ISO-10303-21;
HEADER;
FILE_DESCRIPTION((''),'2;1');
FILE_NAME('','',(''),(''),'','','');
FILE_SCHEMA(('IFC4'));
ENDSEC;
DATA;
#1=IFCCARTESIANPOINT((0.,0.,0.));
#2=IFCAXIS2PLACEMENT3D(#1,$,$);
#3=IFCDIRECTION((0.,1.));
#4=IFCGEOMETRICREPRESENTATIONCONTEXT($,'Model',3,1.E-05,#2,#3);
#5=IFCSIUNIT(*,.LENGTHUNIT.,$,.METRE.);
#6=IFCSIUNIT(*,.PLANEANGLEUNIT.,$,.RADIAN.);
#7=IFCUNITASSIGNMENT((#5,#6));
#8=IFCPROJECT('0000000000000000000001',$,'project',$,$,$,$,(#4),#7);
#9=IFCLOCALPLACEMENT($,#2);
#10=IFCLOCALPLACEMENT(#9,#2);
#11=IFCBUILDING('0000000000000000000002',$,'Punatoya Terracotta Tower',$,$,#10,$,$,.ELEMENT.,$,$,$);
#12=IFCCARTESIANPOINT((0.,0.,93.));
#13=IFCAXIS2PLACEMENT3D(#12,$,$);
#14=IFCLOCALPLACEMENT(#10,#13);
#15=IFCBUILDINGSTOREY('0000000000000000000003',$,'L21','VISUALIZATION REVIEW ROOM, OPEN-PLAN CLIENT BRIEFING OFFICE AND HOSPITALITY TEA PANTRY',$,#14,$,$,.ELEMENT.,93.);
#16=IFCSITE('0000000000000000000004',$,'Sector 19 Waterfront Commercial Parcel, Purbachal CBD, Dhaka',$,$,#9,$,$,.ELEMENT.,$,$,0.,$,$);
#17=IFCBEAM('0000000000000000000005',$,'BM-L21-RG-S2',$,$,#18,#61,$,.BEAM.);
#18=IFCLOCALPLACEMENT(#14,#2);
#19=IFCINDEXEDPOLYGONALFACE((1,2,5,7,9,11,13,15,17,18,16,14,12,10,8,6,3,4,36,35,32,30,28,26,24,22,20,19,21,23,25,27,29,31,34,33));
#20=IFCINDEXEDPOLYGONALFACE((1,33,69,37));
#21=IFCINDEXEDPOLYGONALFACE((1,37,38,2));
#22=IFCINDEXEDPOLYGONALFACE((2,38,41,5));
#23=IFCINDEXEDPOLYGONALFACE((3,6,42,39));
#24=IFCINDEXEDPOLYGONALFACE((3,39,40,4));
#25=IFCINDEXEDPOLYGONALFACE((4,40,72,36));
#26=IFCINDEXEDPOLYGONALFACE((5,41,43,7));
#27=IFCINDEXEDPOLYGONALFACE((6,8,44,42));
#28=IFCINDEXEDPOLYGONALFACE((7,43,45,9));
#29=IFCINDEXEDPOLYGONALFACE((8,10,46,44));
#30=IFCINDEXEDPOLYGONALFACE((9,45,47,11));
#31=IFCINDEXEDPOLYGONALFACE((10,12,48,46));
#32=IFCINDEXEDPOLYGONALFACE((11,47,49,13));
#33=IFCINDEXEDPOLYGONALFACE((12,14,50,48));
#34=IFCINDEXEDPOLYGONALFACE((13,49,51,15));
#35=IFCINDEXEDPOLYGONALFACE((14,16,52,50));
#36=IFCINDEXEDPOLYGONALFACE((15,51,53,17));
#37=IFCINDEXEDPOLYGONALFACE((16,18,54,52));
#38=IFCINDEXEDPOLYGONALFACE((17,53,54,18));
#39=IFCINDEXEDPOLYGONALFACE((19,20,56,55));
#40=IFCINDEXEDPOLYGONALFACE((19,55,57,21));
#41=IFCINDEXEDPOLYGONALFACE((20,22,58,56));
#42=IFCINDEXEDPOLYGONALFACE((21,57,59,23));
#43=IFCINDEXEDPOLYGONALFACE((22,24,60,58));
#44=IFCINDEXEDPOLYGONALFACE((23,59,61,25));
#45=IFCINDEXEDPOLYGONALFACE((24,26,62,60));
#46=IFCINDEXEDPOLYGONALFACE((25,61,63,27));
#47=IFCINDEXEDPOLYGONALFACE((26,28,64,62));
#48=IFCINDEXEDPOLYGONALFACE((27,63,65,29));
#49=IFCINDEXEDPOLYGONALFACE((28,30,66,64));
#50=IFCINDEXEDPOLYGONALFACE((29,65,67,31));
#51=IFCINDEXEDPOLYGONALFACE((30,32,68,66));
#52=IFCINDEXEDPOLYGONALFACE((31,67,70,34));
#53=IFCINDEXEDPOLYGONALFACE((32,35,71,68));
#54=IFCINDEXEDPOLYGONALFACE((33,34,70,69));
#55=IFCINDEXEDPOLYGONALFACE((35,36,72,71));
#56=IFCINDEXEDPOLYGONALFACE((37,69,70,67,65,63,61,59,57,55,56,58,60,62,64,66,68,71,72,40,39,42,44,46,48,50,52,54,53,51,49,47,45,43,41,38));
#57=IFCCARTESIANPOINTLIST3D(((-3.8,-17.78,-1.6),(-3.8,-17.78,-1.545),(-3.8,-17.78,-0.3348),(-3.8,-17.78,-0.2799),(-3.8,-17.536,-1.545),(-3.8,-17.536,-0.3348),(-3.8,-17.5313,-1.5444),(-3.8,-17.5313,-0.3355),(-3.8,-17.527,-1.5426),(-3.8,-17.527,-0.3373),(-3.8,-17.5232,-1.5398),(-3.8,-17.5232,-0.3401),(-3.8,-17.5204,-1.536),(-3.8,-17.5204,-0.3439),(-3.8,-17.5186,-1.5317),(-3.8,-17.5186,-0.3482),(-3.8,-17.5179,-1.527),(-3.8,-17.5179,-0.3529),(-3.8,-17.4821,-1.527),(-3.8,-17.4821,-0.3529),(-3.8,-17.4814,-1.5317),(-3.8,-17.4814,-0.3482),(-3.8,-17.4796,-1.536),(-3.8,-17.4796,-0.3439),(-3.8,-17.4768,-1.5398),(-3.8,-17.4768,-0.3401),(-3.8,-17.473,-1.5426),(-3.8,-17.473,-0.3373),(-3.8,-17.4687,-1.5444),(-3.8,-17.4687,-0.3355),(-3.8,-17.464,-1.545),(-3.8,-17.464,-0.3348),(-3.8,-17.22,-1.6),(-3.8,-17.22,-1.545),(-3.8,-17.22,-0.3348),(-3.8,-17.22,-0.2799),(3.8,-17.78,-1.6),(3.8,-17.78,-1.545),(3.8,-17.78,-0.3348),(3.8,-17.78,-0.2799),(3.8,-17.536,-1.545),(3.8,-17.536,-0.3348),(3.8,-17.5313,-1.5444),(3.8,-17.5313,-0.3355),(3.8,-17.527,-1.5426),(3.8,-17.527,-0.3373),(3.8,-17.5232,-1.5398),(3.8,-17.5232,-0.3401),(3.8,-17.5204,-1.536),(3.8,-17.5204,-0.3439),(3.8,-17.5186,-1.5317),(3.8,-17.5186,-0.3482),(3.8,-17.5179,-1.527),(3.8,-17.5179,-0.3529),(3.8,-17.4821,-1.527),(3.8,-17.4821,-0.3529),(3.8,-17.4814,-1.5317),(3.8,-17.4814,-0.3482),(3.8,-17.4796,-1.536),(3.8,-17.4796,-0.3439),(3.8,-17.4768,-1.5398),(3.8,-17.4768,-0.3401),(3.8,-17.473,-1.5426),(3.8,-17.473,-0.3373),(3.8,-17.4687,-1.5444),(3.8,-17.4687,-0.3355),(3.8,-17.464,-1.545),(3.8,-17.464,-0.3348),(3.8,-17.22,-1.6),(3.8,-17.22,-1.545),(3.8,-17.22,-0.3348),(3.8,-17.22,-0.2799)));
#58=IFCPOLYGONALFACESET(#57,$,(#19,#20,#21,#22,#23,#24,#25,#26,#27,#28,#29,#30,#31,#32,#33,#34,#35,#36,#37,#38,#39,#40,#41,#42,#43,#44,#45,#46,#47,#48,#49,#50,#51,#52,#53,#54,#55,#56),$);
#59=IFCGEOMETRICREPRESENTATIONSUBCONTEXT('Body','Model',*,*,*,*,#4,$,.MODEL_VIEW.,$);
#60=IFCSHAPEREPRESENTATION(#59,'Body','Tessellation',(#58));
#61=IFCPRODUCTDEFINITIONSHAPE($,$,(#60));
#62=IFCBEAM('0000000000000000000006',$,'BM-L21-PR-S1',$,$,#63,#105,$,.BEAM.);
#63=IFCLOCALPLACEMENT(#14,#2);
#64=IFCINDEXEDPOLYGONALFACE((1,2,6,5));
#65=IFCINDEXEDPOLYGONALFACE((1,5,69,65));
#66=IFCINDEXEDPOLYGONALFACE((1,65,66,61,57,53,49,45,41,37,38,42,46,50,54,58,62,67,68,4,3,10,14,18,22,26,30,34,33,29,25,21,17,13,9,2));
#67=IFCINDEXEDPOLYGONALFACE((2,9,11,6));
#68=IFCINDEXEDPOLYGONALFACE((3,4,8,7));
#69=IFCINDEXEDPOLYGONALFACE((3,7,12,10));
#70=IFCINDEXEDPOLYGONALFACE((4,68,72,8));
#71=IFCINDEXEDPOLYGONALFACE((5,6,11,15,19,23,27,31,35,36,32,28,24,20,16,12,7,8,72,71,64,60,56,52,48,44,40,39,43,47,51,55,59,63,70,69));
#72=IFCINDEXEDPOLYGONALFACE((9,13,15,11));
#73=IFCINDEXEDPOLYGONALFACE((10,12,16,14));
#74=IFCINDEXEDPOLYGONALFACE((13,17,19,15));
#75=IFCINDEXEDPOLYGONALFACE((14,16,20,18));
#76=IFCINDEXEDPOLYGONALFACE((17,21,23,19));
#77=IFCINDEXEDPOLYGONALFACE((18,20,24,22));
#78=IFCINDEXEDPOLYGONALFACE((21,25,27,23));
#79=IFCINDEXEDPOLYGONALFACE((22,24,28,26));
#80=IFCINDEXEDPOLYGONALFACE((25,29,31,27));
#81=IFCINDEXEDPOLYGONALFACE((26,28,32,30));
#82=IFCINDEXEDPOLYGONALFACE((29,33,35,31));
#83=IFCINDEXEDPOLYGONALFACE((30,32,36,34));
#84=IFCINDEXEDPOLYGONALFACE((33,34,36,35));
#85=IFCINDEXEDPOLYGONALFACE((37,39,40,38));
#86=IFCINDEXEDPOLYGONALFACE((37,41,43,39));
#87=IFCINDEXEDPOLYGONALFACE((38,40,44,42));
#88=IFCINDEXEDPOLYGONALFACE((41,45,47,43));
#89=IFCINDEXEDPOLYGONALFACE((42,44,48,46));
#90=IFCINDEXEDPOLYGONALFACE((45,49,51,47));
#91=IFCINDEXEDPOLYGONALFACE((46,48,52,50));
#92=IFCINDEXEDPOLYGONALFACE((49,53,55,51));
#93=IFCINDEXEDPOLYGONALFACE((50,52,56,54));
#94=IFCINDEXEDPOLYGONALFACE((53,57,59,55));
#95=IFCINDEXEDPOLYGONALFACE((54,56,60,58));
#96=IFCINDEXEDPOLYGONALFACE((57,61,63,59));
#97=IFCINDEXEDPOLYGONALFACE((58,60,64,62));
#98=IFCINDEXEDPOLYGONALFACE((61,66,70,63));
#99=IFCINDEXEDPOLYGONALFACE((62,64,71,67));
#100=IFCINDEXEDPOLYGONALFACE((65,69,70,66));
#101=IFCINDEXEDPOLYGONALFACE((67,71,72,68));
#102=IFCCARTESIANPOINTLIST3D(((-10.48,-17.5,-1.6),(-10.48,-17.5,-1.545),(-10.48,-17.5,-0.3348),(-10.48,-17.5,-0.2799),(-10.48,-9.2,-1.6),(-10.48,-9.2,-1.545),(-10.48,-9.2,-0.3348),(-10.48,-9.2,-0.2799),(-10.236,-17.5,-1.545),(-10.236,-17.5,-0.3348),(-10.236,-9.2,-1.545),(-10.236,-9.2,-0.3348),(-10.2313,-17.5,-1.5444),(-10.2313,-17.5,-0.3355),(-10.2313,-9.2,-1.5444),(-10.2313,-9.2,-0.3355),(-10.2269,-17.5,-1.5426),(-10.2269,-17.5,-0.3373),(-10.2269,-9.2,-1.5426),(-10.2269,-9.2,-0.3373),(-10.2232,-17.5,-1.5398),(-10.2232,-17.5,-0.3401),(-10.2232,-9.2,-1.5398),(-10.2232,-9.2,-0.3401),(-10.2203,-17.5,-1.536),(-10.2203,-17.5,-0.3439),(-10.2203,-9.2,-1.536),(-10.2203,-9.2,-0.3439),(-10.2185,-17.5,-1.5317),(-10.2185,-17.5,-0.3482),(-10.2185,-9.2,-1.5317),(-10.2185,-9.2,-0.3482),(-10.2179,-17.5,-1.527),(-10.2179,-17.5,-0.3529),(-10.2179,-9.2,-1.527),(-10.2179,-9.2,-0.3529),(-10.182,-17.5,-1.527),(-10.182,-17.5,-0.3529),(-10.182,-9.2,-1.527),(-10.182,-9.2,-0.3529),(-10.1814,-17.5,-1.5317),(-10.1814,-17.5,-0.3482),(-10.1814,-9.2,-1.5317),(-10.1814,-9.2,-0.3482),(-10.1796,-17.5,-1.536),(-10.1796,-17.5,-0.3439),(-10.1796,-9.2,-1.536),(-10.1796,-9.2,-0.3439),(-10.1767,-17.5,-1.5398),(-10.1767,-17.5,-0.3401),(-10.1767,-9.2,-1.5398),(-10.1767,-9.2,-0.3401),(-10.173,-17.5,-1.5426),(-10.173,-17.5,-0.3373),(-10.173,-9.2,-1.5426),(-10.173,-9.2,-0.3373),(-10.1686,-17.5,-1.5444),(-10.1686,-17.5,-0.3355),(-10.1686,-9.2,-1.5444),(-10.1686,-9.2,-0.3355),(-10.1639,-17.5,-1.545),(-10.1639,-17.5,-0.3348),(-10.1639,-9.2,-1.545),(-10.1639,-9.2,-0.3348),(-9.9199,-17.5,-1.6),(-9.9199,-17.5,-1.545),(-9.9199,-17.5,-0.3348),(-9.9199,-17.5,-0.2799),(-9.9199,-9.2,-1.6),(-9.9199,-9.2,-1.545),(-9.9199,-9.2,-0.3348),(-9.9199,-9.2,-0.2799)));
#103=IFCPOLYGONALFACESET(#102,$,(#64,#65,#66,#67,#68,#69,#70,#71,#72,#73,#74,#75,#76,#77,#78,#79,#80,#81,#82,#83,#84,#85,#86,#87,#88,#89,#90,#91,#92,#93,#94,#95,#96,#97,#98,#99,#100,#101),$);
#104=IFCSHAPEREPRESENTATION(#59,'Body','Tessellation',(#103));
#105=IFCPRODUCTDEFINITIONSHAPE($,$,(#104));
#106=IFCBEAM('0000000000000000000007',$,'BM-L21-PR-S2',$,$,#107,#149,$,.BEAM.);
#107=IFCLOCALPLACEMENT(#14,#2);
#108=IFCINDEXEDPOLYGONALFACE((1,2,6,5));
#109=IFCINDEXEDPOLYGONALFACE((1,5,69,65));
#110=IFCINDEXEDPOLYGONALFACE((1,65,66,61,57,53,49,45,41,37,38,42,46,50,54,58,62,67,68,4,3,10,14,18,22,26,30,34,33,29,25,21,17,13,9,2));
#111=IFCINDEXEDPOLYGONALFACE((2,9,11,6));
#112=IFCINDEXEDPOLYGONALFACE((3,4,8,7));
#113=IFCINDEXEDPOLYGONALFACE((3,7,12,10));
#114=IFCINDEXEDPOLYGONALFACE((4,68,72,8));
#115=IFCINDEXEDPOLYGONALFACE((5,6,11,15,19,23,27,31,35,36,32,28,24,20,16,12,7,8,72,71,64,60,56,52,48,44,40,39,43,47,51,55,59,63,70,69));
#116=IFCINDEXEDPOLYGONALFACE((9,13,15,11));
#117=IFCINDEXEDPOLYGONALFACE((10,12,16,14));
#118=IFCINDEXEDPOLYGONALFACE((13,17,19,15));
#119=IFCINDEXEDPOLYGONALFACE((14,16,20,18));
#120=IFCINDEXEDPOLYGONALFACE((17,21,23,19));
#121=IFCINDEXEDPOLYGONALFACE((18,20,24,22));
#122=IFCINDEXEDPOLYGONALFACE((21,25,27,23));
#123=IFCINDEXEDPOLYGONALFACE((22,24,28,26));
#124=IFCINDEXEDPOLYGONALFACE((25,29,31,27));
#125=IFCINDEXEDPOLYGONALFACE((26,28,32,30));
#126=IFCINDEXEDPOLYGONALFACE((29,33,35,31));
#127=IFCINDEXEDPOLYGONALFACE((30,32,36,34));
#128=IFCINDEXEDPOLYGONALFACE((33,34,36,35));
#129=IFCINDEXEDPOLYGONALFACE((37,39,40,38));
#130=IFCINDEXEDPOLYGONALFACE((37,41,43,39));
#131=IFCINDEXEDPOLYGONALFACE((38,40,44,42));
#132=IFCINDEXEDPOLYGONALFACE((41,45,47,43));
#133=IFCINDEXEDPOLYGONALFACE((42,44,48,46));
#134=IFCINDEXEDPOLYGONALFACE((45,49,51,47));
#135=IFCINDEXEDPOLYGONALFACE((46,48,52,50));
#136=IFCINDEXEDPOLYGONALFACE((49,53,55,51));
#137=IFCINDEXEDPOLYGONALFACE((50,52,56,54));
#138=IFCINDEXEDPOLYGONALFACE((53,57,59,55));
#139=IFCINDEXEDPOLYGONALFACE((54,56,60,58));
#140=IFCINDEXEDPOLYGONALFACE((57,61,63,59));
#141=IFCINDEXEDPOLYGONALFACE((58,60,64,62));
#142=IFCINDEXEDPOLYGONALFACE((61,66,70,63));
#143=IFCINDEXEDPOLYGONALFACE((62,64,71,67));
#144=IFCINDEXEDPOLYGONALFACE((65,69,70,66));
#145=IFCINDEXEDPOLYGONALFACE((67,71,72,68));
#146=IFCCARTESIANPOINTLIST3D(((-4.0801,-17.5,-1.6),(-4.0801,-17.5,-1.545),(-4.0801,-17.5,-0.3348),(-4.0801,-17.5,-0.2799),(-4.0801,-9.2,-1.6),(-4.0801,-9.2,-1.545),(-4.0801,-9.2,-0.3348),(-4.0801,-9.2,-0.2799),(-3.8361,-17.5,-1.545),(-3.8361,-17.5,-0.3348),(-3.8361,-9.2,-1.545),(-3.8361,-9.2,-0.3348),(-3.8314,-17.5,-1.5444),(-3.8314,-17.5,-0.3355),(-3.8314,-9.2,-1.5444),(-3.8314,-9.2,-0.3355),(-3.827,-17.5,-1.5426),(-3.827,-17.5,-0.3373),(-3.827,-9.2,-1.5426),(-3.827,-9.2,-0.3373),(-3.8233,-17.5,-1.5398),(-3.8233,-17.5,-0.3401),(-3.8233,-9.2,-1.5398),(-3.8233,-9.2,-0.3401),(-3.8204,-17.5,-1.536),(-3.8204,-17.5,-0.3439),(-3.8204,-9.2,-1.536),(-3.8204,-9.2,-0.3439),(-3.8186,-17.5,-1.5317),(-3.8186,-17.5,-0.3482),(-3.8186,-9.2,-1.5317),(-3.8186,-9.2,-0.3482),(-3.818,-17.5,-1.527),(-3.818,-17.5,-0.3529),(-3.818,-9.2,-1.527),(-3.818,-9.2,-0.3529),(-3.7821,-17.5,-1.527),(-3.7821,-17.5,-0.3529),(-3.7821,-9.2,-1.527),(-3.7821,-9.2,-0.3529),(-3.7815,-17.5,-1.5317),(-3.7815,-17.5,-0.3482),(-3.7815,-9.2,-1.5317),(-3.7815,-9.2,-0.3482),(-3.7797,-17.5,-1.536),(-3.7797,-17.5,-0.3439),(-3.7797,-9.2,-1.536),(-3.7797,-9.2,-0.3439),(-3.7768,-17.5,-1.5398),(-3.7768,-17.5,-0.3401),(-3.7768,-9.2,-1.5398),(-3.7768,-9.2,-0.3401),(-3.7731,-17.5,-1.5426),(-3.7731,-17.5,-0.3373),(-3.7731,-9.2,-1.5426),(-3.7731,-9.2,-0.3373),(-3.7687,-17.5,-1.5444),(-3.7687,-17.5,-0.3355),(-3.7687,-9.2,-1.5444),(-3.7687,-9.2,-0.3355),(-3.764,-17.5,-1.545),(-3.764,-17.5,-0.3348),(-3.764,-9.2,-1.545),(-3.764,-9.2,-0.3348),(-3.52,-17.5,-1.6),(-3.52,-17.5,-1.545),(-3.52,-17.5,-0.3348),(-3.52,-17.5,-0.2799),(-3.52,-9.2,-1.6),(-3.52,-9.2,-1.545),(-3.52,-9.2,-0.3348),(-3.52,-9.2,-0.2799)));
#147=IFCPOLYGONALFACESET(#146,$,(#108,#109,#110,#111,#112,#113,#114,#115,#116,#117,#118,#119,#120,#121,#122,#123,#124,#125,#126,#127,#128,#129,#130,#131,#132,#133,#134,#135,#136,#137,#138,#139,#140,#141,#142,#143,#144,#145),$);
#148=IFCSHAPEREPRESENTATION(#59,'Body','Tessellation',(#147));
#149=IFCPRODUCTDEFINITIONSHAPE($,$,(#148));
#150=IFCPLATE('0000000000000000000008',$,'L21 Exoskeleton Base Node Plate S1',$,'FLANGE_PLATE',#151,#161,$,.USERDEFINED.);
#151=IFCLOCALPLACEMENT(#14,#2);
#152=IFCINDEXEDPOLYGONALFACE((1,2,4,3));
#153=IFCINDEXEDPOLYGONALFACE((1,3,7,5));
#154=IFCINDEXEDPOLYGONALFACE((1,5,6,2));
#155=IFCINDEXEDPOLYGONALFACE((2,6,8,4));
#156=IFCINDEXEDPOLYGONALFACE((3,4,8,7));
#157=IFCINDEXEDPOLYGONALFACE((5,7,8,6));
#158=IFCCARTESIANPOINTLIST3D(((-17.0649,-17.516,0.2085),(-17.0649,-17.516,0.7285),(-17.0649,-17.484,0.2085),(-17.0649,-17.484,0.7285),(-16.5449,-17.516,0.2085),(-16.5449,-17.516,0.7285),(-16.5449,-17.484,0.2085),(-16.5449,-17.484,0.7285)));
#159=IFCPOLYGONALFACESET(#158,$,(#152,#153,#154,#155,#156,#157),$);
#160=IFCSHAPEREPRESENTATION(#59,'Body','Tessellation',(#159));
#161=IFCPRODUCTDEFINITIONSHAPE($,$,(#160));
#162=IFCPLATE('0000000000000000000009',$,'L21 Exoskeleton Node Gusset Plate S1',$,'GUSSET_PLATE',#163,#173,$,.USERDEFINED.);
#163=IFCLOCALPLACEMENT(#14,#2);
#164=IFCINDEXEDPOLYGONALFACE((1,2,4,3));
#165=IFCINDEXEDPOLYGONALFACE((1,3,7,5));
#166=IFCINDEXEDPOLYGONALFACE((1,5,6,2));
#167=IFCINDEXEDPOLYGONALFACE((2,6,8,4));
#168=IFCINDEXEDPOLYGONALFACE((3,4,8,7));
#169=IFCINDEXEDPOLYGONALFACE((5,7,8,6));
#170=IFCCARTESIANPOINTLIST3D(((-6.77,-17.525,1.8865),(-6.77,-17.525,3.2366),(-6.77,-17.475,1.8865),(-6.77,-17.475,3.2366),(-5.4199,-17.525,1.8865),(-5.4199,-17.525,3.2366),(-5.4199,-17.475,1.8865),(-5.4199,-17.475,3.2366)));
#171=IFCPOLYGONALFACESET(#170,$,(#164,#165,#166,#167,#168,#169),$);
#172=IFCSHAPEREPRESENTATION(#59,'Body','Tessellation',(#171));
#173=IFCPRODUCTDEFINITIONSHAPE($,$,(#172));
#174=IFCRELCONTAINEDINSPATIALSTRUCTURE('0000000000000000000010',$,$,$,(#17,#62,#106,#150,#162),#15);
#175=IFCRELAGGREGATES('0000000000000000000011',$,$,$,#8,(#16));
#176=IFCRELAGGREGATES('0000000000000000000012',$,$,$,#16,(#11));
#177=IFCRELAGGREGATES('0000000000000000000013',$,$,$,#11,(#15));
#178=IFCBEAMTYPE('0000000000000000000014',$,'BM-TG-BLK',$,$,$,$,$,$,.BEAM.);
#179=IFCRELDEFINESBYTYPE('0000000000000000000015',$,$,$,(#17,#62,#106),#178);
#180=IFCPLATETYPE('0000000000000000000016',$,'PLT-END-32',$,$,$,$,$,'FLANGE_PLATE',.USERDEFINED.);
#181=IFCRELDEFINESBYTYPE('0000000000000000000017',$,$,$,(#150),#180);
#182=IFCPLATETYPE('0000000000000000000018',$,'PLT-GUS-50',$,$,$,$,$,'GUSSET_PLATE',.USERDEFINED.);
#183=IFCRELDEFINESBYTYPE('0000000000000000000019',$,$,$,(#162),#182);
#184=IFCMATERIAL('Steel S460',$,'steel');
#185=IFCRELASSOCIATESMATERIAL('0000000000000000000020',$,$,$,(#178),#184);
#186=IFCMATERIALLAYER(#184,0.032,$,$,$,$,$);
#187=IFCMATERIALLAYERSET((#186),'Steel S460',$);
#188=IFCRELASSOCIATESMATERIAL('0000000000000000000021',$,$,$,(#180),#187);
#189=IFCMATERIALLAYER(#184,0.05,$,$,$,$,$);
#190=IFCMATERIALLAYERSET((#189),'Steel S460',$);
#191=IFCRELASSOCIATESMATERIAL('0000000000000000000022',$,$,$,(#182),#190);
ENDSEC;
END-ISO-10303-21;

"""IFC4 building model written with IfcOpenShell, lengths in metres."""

from ifc_helpers import new_model, si_unit, direction, frame, origin, origin_2d, place, context, subcontext, project, spatial, rectangle, i_section, extrude, material, layer, layer_set, material_profile, profile_set, type_object, element, save


model = new_model("IFC4")

# Units and contexts
model_context = context("Model", 3, precision=1e-05, world=origin(), true_north=direction((0.0, 1.0)))
body_context = subcontext(model_context, "Body", "Model", "MODEL_VIEW")
ifc_project = project(units=[si_unit("LENGTHUNIT", "METRE"), si_unit("PLANEANGLEUNIT", "RADIAN")], contexts=[model_context])

# Site, building, storey
site_placement = place(None, origin())
site = spatial("IfcSite", under=ifc_project, at=site_placement, Name="Sector 19 Waterfront Commercial Parcel, Purbachal CBD, Dhaka", CompositionType="ELEMENT", RefElevation=0.0)
building_placement = place(site_placement, origin())
building = spatial("IfcBuilding", under=site, at=building_placement, Name="Punatoya Terracotta Tower", CompositionType="ELEMENT")
storey_placement = place(building_placement, frame((0.0, 0.0, 93.0)))
storey = spatial("IfcBuildingStorey", under=building, at=storey_placement, Name="L21", Description="VISUALIZATION REVIEW ROOM, OPEN-PLAN CLIENT BRIEFING OFFICE AND HOSPITALITY TEA PANTRY", CompositionType="ELEMENT", Elevation=93.0)

# Shared definitions
ifc_material_1 = material(Name="Steel S460", Category="steel")

# Beams
ifc_material_profile_1 = material_profile(ifc_material_1, i_section(OverallWidth=0.5601, OverallDepth=1.3201, WebThickness=0.0359, FlangeThickness=0.0549, FilletRadius=0.0181, at=origin_2d()))
ifc_profile_set_1 = profile_set([ifc_material_profile_1], Name="Steel S460")
beam_type_1 = type_object("IfcBeamType", Name="BM-TG-BLK", PredefinedType="BEAM", material=ifc_profile_set_1)
beam_1_placement = place(storey_placement, frame((-3.8, -17.5, -0.9399), z_axis=(1.0, 0.0, 0.0), x_axis=(0.0, 1.0, 0.0)))
element("IfcBeam", 1, at=beam_1_placement, inside=storey, type_object=beam_type_1, Name="BM-L21-RG-S2", PredefinedType="BEAM", context=body_context, shape_type="SweptSolid", body=[
    extrude(i_section(OverallWidth=0.5601, OverallDepth=1.3201, WebThickness=0.0359, FlangeThickness=0.0549, FilletRadius=0.0181, at=origin_2d()), origin(), (0.0, 0.0, 1.0), 7.6001),
])
for number, where, z_axis, x_axis, name in (
    (2, (-10.2, -17.5, -0.9399), (0.0, 1.0, 0.0), (-1.0, 0.0, 0.0), "BM-L21-PR-S1"),
    (3, (-3.8, -17.5, -0.9399), (0.0, 1.0, 0.0), (-1.0, 0.0, 0.0), "BM-L21-PR-S2"),
):
    element("IfcBeam", number, at=place(storey_placement, frame(where, z_axis=z_axis, x_axis=x_axis)), inside=storey, type_object=beam_type_1, Name=name, PredefinedType="BEAM", context=body_context, shape_type="SweptSolid", body=[
        extrude(i_section(OverallWidth=0.5601, OverallDepth=1.3201, WebThickness=0.0359, FlangeThickness=0.0549, FilletRadius=0.0181, at=origin_2d()), origin(), (0.0, 0.0, 1.0), 8.3),
    ])

# Plates
ifc_layer_1 = layer(ifc_material_1, 0.032)
ifc_layer_set_1 = layer_set([ifc_layer_1], Name="Steel S460")
plate_type_1 = type_object("IfcPlateType", Name="PLT-END-32", ElementType="FLANGE_PLATE", PredefinedType="USERDEFINED", material=ifc_layer_set_1)
plate_1_placement = place(storey_placement, frame((-16.8049, -17.5, 0.2085), z_axis=(0.0, 0.0, 1.0), x_axis=(1.0, 0.0, 0.0)))
element("IfcPlate", 4, at=plate_1_placement, inside=storey, type_object=plate_type_1, Name="L21 Exoskeleton Base Node Plate S1", ObjectType="FLANGE_PLATE", PredefinedType="USERDEFINED", context=body_context, shape_type="SweptSolid", body=[
    extrude(rectangle(XDim=0.52, YDim=0.032, at=origin_2d()), origin(), (0.0, 0.0, 1.0), 0.52),
])
ifc_layer_2 = layer(ifc_material_1, 0.05)
ifc_layer_set_2 = layer_set([ifc_layer_2], Name="Steel S460")
plate_type_2 = type_object("IfcPlateType", Name="PLT-GUS-50", ElementType="GUSSET_PLATE", PredefinedType="USERDEFINED", material=ifc_layer_set_2)
plate_2_placement = place(storey_placement, frame((-6.095, -17.5, 1.8865), z_axis=(0.0, 0.0, 1.0), x_axis=(1.0, 0.0, 0.0)))
element("IfcPlate", 5, at=plate_2_placement, inside=storey, type_object=plate_type_2, Name="L21 Exoskeleton Node Gusset Plate S1", ObjectType="GUSSET_PLATE", PredefinedType="USERDEFINED", context=body_context, shape_type="SweptSolid", body=[
    extrude(rectangle(XDim=1.3501, YDim=0.05, at=origin_2d()), origin(), (0.0, 0.0, 1.0), 1.3501),
])

save(model, "model.ifc")
